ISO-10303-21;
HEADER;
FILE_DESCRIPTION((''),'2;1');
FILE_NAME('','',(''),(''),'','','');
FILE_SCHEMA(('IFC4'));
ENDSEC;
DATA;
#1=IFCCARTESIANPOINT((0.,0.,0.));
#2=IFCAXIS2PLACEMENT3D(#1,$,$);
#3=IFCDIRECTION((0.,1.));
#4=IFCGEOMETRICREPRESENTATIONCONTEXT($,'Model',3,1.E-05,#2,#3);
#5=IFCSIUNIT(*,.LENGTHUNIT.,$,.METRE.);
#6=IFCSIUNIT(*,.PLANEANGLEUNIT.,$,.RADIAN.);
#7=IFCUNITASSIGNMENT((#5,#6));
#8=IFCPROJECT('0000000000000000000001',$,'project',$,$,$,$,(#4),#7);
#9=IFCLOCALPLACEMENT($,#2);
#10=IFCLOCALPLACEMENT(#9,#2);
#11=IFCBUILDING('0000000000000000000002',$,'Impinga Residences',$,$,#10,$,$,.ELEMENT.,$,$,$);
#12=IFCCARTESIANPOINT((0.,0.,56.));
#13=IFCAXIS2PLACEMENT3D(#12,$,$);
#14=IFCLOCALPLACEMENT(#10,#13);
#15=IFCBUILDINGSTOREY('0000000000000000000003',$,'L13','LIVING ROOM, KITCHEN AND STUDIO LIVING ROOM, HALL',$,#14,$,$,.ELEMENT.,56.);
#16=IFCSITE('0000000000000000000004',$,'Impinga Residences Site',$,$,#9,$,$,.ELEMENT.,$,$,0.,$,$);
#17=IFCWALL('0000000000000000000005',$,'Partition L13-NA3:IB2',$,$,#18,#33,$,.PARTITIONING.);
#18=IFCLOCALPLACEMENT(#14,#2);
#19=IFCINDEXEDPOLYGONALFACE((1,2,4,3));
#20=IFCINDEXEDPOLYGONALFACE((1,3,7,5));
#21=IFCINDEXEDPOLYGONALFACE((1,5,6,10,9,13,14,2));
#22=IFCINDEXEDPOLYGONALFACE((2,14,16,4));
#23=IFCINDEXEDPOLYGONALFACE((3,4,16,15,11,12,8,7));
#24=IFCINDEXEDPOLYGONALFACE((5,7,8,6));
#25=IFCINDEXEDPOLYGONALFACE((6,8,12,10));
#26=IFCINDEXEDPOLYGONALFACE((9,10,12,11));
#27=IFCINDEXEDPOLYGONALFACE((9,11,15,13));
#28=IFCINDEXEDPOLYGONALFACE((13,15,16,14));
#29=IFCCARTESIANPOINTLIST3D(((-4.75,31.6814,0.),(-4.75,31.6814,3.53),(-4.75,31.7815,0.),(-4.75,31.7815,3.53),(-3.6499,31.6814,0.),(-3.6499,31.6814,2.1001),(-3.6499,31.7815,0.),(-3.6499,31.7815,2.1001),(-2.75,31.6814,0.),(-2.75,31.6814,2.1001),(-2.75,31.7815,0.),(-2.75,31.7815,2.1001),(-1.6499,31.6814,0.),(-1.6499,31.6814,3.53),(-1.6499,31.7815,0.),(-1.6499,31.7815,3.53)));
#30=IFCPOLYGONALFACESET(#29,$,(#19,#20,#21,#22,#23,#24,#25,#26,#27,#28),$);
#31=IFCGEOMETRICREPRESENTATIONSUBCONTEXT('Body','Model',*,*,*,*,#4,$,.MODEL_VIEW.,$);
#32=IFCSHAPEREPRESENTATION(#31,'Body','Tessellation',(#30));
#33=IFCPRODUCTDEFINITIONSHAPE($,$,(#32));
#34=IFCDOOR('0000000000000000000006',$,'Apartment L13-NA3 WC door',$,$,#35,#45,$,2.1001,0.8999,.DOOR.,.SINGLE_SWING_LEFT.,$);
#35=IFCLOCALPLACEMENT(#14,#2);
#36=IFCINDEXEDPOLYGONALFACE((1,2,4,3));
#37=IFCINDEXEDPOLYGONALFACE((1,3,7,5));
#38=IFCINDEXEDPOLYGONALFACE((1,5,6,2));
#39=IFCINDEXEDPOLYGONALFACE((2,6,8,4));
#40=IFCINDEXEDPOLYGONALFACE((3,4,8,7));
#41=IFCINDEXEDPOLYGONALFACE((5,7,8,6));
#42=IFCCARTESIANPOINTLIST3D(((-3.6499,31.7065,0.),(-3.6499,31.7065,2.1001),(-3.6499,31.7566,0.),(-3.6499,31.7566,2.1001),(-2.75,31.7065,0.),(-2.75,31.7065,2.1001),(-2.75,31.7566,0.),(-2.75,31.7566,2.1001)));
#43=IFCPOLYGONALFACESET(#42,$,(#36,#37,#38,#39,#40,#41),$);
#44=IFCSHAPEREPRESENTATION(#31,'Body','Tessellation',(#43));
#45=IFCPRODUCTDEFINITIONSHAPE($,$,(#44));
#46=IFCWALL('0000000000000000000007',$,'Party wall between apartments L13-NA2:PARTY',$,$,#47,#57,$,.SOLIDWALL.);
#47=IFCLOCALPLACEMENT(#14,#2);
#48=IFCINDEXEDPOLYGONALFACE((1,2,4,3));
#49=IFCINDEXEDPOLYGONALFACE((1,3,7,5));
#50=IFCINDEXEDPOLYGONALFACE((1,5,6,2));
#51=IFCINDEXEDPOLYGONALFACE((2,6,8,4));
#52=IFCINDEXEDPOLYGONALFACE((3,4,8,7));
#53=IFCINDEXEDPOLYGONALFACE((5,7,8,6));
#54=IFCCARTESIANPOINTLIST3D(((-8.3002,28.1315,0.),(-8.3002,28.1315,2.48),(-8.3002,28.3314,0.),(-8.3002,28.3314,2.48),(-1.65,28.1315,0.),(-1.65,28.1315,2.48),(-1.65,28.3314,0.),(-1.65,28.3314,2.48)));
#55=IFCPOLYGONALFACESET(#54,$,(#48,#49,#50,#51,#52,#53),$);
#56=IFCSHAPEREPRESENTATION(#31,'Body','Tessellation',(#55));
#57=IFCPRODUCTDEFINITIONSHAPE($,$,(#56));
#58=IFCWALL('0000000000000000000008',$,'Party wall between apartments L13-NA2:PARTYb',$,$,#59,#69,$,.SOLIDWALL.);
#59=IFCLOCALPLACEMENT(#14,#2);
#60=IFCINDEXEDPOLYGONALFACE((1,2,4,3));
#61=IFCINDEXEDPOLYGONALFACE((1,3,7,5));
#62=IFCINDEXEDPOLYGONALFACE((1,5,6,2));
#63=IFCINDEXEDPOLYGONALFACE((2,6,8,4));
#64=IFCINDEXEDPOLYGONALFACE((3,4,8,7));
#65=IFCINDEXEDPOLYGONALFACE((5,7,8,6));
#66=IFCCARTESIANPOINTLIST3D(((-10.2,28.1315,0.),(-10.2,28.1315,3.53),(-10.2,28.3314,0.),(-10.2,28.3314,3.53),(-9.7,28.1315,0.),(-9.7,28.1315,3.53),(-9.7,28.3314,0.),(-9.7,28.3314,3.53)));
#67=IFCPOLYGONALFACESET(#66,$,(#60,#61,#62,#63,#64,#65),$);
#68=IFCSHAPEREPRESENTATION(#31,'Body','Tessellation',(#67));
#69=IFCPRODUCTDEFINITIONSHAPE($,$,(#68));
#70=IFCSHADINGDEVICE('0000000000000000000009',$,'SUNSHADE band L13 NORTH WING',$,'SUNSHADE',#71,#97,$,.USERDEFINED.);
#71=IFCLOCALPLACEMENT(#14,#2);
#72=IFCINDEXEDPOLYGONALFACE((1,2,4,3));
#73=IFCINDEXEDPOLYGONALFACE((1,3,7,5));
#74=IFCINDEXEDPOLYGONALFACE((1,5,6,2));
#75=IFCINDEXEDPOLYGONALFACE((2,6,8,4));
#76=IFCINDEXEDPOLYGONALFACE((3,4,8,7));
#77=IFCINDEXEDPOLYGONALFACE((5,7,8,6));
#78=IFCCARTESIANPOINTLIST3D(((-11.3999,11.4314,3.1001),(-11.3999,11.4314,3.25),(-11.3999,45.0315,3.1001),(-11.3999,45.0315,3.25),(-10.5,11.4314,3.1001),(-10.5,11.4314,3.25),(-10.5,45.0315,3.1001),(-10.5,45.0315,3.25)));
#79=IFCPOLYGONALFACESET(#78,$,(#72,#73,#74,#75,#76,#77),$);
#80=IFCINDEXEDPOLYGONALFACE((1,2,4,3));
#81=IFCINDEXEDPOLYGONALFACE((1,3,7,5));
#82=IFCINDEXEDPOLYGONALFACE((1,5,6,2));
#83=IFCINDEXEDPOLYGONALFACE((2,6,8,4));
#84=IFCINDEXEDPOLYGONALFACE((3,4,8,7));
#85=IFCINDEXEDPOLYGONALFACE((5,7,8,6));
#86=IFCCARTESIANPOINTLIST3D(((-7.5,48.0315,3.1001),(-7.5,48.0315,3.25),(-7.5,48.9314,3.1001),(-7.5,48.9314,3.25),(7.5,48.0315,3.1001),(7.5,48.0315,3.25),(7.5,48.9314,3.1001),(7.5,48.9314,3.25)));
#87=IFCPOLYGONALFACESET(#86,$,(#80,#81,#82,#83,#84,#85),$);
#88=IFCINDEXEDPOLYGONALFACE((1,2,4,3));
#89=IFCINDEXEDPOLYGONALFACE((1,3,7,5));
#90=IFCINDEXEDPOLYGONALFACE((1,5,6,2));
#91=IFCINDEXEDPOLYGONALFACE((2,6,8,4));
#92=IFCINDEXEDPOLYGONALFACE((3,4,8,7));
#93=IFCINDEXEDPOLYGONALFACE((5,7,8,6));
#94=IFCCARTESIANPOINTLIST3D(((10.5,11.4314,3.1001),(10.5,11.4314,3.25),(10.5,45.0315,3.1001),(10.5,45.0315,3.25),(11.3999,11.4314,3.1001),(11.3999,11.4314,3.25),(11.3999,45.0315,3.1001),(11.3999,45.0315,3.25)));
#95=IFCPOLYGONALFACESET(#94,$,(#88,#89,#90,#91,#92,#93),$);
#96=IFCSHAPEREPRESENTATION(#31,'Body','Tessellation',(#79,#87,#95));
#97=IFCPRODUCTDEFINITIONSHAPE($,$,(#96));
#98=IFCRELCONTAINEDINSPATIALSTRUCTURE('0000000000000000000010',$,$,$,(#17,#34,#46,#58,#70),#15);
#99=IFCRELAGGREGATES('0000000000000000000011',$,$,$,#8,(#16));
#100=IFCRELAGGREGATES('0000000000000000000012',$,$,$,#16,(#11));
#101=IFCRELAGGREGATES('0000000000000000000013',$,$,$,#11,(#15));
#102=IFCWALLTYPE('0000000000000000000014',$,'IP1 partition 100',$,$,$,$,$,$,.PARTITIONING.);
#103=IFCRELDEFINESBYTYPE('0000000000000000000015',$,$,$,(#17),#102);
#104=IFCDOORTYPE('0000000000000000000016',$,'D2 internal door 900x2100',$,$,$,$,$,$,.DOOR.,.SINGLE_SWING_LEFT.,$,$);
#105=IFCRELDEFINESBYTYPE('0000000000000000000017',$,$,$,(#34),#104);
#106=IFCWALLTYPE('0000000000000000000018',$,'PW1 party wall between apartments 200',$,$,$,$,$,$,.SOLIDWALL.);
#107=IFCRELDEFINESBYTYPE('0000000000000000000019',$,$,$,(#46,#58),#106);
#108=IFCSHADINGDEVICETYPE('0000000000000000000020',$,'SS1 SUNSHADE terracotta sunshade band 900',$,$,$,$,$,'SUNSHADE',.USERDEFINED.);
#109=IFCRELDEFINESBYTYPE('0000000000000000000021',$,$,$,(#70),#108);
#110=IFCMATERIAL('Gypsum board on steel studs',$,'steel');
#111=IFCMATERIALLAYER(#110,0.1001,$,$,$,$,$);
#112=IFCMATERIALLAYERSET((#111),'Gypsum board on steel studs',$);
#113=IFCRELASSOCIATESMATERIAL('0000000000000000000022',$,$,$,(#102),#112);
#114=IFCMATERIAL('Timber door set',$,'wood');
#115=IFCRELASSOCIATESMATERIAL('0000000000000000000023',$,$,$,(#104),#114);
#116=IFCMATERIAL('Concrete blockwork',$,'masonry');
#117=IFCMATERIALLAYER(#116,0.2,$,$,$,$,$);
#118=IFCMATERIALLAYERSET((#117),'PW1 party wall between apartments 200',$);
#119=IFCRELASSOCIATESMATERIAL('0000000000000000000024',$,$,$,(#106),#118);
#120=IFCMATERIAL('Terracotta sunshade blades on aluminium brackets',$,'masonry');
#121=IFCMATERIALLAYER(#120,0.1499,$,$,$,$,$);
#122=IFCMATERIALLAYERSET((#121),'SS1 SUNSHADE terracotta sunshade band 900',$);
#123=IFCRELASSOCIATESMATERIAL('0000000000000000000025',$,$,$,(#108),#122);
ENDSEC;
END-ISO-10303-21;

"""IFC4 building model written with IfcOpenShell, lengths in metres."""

from ifc_helpers import new_model, si_unit, direction, frame, frame_2d, origin, origin_2d, place, context, subcontext, project, spatial, rectangle, extrude, material, layer, layer_set, type_object, element, fill, save


model = new_model("IFC4")

# Units and contexts
model_context = context("Model", 3, precision=1e-05, world=origin(), true_north=direction((0.0, 1.0)))
body_context = subcontext(model_context, "Body", "Model", "MODEL_VIEW")
ifc_project = project(units=[si_unit("LENGTHUNIT", "METRE"), si_unit("PLANEANGLEUNIT", "RADIAN")], contexts=[model_context])

# Site, building, storey
site_placement = place(None, origin())
site = spatial("IfcSite", under=ifc_project, at=site_placement, Name="Impinga Residences Site", CompositionType="ELEMENT", RefElevation=0.0)
building_placement = place(site_placement, origin())
building = spatial("IfcBuilding", under=site, at=building_placement, Name="Impinga Residences", CompositionType="ELEMENT")
storey_placement = place(building_placement, frame((0.0, 0.0, 56.0)))
storey = spatial("IfcBuildingStorey", under=building, at=storey_placement, Name="L13", Description="LIVING ROOM, KITCHEN AND STUDIO LIVING ROOM, HALL", CompositionType="ELEMENT", Elevation=56.0)

# Shared definitions
ifc_material_1 = material(Name="Gypsum board on steel studs", Category="steel")
ifc_layer_1 = layer(ifc_material_1, 0.1001)
ifc_layer_set_1 = layer_set([ifc_layer_1], Name="Gypsum board on steel studs")
wall_type_1 = type_object("IfcWallType", Name="IP1 partition 100", PredefinedType="PARTITIONING", material=ifc_layer_set_1)

# Shared definitions
ifc_material_2 = material(Name="Timber door set", Category="wood")
door_type = type_object("IfcDoorType", Name="D2 internal door 900x2100", OperationType="SINGLE_SWING_LEFT", PredefinedType="DOOR", material=ifc_material_2)

# Wall, opening, door
wall_1_placement = place(storey_placement, frame((-1.6499, 31.7314, 0.0), z_axis=(0.0, 0.0, 1.0), x_axis=(-1.0, 0.0, 0.0)))
wall_1 = element("IfcWall", 1, at=wall_1_placement, inside=storey, type_object=wall_type_1, Name="Partition L13-NA3:IB2", PredefinedType="PARTITIONING", context=body_context, shape_type="SweptSolid", body=[
    extrude(rectangle(XDim=3.1001, YDim=0.1001, at=frame_2d((1.55, 0.0))), origin(), (0.0, 0.0, 1.0), 3.53),
])
opening_1_placement = place(wall_1_placement, frame((1.1001, 0.0, 0.0)))
opening_1 = element("IfcOpeningElement", 2, at=opening_1_placement, cuts=wall_1, PredefinedType="OPENING", context=body_context, shape_type="SweptSolid", body=[
    extrude(rectangle(XDim=0.8999, YDim=2.1001, at=frame_2d((0.45, 1.05))), frame((0.0, 0.0601, 0.0), z_axis=(0.0, -1.0, 0.0), x_axis=(1.0, 0.0, 0.0)), (0.0, 0.0, 1.0), 0.1201),
])
door_1_placement = place(opening_1_placement, origin())
door_1 = element("IfcDoor", 3, at=door_1_placement, inside=storey, type_object=door_type, Name="Apartment L13-NA3 WC door", OperationType="SINGLE_SWING_LEFT", OverallHeight=2.1001, OverallWidth=0.8999, PredefinedType="DOOR", context=body_context, shape_type="SweptSolid", body=[
    extrude(rectangle(XDim=0.8999, YDim=2.1001, at=frame_2d((0.45, 1.05))), frame((0.0, 0.0249, 0.0), z_axis=(0.0, -1.0, 0.0), x_axis=(1.0, 0.0, 0.0)), (0.0, 0.0, 1.0), 0.05),
])
fill(opening_1, door_1)

# Walls
ifc_material_3 = material(Name="Concrete blockwork", Category="masonry")
ifc_layer_2 = layer(ifc_material_3, 0.2)
ifc_layer_set_2 = layer_set([ifc_layer_2], Name="PW1 party wall between apartments 200")
wall_type_2 = type_object("IfcWallType", Name="PW1 party wall between apartments 200", PredefinedType="SOLIDWALL", material=ifc_layer_set_2)
wall_2_placement = place(storey_placement, frame((-1.6499, 28.2314, 0.0), z_axis=(0.0, 0.0, 1.0), x_axis=(-1.0, 0.0, 0.0)))
element("IfcWall", 4, at=wall_2_placement, inside=storey, type_object=wall_type_2, Name="Party wall between apartments L13-NA2:PARTY", PredefinedType="SOLIDWALL", context=body_context, shape_type="SweptSolid", body=[
    extrude(rectangle(XDim=6.6501, YDim=0.2, at=frame_2d((3.3252, 0.0))), origin(), (0.0, 0.0, 1.0), 2.48),
])
wall_3_placement = place(storey_placement, frame((-9.7, 28.2314, 0.0), z_axis=(0.0, 0.0, 1.0), x_axis=(-1.0, 0.0, 0.0)))
element("IfcWall", 5, at=wall_3_placement, inside=storey, type_object=wall_type_2, Name="Party wall between apartments L13-NA2:PARTYb", PredefinedType="SOLIDWALL", context=body_context, shape_type="SweptSolid", body=[
    extrude(rectangle(XDim=0.5, YDim=0.2, at=frame_2d((0.25, 0.0))), origin(), (0.0, 0.0, 1.0), 3.53),
])

# Shading device
ifc_material_4 = material(Name="Terracotta sunshade blades on aluminium brackets", Category="masonry")
ifc_layer_3 = layer(ifc_material_4, 0.1499)
ifc_layer_set_3 = layer_set([ifc_layer_3], Name="SS1 SUNSHADE terracotta sunshade band 900")
shading_device_type = type_object("IfcShadingDeviceType", Name="SS1 SUNSHADE terracotta sunshade band 900", ElementType="SUNSHADE", PredefinedType="USERDEFINED", material=ifc_layer_set_3)
shading_device_placement = place(storey_placement, frame((-10.95, 28.2314, 3.1001), z_axis=(0.0, 0.0, 1.0), x_axis=(0.0, 1.0, 0.0)))
element("IfcShadingDevice", 6, at=shading_device_placement, inside=storey, type_object=shading_device_type, Name="SUNSHADE band L13 NORTH WING", ObjectType="SUNSHADE", PredefinedType="USERDEFINED", context=body_context, shape_type="SweptSolid", body=[
    extrude(rectangle(XDim=33.6001, YDim=0.8999, at=origin_2d()), origin(), (0.0, 0.0, 1.0), 0.1499),
    extrude(rectangle(XDim=15.0, YDim=0.8999, at=origin_2d()), frame((20.25, -10.95, 0.0), z_axis=(0.0, 0.0, 1.0), x_axis=(0.0, -1.0, 0.0)), (0.0, 0.0, 1.0), 0.1499),
    extrude(rectangle(XDim=33.6001, YDim=0.8999, at=origin_2d()), frame((0.0, -21.8999, 0.0), z_axis=(0.0, 0.0, 1.0), x_axis=(-1.0, 0.0, 0.0)), (0.0, 0.0, 1.0), 0.1499),
])

save(model, "model.ifc")
